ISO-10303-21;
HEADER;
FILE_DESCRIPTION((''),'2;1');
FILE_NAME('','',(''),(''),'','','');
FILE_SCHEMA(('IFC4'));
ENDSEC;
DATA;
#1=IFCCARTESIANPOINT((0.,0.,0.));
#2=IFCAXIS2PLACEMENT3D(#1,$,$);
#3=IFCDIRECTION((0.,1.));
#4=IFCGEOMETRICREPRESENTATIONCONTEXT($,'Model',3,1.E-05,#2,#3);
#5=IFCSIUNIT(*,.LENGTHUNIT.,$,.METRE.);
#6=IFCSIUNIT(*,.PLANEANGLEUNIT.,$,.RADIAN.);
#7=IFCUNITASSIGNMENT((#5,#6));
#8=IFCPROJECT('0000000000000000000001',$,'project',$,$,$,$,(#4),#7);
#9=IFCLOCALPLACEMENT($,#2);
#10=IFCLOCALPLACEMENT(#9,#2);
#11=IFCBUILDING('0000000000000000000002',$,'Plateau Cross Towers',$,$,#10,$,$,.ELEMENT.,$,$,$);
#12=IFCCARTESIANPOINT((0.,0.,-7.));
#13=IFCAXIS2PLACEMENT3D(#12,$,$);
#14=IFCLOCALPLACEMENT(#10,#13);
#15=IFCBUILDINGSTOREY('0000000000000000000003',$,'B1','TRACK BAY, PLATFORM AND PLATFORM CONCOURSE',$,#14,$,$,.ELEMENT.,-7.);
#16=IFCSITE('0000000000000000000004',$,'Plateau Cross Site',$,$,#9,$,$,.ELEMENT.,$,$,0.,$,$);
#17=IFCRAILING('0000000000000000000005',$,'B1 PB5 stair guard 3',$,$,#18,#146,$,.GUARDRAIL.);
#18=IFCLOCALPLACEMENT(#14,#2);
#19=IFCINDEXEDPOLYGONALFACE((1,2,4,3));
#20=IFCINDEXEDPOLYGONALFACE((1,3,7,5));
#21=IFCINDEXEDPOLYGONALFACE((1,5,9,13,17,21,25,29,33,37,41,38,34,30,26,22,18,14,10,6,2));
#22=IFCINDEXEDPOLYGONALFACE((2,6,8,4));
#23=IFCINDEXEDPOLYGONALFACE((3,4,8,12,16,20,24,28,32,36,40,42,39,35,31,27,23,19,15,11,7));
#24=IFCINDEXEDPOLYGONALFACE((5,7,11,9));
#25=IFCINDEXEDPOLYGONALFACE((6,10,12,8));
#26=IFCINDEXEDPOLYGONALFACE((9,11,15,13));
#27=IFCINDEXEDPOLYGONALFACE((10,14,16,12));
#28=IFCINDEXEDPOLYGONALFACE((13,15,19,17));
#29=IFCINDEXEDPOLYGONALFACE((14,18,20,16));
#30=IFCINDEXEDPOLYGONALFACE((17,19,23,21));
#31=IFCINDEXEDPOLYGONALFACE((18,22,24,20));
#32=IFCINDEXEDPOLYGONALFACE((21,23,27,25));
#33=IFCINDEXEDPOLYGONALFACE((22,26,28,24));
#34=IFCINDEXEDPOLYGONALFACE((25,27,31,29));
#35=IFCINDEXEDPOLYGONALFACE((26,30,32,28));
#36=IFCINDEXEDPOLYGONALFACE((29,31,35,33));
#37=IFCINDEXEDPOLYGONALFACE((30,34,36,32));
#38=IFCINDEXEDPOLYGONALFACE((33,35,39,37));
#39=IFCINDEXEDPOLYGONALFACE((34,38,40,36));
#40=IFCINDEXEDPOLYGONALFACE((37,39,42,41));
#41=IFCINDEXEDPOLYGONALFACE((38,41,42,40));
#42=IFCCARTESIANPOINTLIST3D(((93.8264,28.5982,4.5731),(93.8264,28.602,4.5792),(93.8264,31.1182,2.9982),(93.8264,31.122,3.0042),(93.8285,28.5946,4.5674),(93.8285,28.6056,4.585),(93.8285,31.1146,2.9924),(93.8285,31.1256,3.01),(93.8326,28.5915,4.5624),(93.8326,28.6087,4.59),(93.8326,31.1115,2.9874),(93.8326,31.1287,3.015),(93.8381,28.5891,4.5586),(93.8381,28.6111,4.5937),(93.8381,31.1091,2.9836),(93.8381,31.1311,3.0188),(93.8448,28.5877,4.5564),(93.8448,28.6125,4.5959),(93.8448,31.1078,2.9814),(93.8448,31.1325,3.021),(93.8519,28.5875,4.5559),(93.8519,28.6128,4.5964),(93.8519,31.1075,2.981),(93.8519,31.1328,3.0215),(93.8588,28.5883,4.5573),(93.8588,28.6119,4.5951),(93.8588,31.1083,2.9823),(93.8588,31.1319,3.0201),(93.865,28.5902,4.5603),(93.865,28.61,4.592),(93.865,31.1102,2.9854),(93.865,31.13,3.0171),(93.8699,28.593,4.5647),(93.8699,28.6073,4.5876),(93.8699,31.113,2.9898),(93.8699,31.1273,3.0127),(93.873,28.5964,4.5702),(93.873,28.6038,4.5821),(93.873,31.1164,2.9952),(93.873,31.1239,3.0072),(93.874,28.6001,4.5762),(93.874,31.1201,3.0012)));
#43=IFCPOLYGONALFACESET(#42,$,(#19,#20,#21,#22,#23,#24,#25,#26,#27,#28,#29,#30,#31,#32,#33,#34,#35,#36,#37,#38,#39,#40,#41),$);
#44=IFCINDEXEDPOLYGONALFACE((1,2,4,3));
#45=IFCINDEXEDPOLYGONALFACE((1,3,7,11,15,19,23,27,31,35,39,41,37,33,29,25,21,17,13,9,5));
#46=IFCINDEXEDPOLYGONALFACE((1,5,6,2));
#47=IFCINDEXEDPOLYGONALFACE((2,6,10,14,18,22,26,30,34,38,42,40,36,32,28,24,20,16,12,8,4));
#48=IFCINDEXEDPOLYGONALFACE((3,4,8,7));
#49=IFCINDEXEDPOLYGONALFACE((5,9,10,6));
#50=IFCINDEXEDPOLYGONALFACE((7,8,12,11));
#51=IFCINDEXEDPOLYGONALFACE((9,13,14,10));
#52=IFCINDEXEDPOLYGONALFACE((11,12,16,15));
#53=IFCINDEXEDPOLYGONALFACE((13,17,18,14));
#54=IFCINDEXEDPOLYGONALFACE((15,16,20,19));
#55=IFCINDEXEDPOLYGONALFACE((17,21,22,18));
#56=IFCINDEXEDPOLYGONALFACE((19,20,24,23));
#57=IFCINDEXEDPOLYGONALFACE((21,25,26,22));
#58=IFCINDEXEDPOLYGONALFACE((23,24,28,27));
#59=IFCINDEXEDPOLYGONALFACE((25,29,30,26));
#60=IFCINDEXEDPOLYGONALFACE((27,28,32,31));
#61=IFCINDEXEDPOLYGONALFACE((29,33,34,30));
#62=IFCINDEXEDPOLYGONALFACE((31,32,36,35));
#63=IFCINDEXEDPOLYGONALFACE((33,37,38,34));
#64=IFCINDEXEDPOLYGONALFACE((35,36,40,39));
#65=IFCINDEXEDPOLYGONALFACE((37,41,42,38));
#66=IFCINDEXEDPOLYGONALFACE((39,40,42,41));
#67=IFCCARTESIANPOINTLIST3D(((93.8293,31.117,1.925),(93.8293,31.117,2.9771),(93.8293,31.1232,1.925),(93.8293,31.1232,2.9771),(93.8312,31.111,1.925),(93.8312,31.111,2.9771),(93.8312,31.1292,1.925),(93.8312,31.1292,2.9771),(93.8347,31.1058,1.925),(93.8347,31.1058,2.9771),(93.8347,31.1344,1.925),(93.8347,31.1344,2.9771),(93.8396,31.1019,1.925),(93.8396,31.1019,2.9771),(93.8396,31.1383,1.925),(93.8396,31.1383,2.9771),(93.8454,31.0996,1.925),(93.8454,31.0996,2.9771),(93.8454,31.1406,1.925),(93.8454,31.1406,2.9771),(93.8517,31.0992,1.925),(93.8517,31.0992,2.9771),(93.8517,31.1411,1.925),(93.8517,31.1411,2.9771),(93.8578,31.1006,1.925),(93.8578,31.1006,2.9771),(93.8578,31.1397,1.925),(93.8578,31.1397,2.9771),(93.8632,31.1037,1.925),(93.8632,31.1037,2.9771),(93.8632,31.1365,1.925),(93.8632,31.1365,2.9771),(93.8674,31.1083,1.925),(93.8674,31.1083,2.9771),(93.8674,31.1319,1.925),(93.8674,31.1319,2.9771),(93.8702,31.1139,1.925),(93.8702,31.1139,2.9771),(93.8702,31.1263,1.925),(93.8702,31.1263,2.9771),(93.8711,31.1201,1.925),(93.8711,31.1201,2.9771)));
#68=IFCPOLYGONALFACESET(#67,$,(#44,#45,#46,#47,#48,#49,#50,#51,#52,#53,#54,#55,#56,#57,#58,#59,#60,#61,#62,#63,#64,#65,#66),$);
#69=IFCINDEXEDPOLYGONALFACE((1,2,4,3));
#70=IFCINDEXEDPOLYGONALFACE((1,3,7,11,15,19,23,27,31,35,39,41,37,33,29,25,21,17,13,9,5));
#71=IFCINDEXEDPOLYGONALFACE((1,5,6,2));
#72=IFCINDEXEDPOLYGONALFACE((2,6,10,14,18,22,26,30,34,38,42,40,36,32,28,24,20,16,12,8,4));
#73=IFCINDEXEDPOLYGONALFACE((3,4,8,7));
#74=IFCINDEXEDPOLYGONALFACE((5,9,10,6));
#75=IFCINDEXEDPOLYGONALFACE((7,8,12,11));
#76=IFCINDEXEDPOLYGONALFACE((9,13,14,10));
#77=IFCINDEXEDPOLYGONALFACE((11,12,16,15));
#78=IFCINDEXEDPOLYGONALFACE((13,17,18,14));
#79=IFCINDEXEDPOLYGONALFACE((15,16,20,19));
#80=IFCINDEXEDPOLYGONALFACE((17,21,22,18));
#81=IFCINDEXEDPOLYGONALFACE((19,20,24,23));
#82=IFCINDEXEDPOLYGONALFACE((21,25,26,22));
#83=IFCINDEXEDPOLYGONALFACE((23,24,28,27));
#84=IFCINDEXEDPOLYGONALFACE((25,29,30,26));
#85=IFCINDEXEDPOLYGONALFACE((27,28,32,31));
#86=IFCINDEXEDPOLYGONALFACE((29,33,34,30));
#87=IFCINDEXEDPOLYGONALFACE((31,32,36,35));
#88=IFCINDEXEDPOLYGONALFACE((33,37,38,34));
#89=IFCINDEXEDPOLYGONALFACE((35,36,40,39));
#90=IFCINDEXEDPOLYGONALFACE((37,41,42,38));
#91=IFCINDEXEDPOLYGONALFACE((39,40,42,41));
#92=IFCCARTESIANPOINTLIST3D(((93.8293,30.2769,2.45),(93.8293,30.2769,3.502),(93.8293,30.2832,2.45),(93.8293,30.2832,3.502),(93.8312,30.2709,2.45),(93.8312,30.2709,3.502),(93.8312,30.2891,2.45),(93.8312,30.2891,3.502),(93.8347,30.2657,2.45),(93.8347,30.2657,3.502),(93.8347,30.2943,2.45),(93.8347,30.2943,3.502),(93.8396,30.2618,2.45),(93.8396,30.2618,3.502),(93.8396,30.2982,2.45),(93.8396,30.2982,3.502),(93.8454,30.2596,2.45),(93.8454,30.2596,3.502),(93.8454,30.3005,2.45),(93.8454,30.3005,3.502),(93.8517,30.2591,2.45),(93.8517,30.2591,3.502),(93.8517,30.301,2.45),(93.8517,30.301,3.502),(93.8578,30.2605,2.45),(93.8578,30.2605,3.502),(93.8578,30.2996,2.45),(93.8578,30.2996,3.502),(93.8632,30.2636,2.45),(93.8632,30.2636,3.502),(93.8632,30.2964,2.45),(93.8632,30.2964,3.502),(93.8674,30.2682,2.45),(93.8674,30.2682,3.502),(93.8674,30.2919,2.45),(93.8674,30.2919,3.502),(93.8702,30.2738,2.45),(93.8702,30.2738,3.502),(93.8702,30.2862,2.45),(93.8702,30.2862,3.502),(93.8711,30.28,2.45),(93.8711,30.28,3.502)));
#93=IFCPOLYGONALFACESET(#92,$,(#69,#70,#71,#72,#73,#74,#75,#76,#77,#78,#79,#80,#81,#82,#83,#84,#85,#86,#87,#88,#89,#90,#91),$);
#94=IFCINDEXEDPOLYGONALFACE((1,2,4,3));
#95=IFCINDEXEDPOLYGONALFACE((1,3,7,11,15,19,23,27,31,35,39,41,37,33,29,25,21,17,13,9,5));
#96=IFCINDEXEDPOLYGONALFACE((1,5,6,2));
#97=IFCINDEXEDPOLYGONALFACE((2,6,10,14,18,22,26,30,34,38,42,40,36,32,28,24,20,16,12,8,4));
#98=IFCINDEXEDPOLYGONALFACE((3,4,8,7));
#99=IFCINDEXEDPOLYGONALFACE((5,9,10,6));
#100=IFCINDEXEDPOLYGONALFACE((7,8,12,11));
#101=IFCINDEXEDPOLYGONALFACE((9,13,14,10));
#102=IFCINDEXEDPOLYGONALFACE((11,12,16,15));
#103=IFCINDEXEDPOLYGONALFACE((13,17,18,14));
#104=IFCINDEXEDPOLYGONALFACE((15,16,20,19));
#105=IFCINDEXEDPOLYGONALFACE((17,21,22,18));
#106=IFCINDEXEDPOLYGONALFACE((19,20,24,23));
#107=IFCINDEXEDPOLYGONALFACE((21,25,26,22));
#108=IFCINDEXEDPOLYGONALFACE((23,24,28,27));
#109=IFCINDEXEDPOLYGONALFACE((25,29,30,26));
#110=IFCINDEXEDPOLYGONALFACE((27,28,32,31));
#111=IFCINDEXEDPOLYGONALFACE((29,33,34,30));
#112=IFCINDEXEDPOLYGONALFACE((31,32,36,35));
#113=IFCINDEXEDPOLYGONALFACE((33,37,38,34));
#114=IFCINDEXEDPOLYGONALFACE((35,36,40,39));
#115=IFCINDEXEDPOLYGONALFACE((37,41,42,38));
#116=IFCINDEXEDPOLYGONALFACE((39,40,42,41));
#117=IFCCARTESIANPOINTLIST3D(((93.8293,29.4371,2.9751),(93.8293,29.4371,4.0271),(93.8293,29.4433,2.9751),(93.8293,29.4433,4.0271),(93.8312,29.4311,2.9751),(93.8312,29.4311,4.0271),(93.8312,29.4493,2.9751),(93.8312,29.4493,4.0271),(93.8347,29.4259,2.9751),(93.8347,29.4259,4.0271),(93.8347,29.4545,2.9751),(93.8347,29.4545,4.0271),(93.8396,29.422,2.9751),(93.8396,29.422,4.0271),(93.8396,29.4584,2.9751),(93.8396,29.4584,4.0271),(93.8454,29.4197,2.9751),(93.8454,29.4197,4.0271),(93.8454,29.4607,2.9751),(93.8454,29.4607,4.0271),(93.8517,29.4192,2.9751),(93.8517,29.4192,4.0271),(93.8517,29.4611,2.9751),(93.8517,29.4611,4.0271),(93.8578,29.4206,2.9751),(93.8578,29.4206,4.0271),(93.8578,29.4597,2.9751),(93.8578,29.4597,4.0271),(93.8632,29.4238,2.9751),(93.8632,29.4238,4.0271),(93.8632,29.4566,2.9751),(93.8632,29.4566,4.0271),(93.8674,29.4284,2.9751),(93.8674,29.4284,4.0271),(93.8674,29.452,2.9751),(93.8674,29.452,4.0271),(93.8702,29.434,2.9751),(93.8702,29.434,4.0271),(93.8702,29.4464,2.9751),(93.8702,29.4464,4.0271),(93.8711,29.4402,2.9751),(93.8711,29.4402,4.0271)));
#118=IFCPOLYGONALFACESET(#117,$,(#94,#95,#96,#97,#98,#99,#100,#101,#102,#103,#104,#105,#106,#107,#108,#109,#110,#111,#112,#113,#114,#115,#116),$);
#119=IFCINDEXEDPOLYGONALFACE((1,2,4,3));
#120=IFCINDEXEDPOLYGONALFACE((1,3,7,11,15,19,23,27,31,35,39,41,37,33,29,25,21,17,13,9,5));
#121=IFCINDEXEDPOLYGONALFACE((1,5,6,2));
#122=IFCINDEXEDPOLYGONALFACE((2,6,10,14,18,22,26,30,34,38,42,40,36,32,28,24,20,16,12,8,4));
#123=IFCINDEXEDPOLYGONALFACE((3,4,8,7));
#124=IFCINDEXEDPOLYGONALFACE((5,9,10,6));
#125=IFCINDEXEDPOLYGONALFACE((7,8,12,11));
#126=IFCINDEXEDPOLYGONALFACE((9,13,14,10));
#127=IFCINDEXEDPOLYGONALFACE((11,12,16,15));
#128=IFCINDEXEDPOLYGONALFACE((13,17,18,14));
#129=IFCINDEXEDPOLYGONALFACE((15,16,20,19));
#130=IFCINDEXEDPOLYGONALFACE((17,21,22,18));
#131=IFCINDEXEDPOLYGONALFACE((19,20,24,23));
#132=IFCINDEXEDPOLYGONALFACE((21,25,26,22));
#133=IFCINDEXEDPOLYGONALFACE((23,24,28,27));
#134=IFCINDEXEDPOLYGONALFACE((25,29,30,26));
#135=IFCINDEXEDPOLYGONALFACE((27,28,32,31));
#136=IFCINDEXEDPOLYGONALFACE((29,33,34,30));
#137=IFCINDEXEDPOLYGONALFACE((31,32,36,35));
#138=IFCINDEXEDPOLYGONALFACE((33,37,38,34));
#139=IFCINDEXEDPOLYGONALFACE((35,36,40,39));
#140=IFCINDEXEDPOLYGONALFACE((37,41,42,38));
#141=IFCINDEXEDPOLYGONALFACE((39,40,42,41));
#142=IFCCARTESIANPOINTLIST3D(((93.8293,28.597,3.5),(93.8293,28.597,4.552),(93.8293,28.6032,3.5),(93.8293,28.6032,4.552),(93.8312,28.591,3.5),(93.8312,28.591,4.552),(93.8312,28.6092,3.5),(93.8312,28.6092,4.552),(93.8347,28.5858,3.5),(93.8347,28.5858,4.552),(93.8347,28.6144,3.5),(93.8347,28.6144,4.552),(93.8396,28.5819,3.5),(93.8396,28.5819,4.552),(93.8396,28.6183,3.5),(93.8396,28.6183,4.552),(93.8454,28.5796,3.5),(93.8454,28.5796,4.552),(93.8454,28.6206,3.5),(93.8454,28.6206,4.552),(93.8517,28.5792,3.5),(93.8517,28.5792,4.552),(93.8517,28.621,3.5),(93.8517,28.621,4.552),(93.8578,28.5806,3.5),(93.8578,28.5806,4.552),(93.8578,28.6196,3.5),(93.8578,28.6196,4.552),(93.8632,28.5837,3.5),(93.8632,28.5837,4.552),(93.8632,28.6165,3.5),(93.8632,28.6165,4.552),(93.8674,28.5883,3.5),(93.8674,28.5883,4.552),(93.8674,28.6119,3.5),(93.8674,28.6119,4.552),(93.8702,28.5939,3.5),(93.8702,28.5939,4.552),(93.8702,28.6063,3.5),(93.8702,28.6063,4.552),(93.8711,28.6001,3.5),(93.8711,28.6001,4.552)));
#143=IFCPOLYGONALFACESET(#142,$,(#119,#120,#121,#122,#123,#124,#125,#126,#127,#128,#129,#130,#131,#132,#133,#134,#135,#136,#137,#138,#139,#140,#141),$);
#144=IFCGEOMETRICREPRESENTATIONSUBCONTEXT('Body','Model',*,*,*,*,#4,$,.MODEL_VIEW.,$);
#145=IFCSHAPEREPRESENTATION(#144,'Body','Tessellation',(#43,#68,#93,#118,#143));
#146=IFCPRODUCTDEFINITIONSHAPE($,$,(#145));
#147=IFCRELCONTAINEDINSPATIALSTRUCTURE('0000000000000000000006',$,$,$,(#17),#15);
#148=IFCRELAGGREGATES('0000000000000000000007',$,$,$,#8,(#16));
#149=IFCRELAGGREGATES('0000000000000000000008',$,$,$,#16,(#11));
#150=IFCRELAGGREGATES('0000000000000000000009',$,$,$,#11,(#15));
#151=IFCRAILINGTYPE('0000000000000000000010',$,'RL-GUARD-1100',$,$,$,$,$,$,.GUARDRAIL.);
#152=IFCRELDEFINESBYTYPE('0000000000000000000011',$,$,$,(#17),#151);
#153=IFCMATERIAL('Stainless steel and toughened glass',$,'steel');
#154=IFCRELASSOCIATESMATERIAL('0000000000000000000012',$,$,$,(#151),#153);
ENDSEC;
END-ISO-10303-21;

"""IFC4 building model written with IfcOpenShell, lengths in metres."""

from ifc_helpers import new_model, si_unit, direction, frame, origin, origin_2d, place, context, subcontext, project, spatial, circle, extrude, material, type_object, element, save


model = new_model("IFC4")

# Units and contexts
model_context = context("Model", 3, precision=1e-05, world=origin(), true_north=direction((0.0, 1.0)))
body_context = subcontext(model_context, "Body", "Model", "MODEL_VIEW")
ifc_project = project(units=[si_unit("LENGTHUNIT", "METRE"), si_unit("PLANEANGLEUNIT", "RADIAN")], contexts=[model_context])

# Site, building, storey
site_placement = place(None, origin())
site = spatial("IfcSite", under=ifc_project, at=site_placement, Name="Plateau Cross Site", CompositionType="ELEMENT", RefElevation=0.0)
building_placement = place(site_placement, origin())
building = spatial("IfcBuilding", under=site, at=building_placement, Name="Plateau Cross Towers", CompositionType="ELEMENT")
storey_placement = place(building_placement, frame((0.0, 0.0, -7.0)))
storey = spatial("IfcBuildingStorey", under=building, at=storey_placement, Name="B1", Description="TRACK BAY, PLATFORM AND PLATFORM CONCOURSE", CompositionType="ELEMENT", Elevation=-7.0)

# Railing
ifc_material_1 = material(Name="Stainless steel and toughened glass", Category="steel")
railing_type_1 = type_object("IfcRailingType", Name="RL-GUARD-1100", PredefinedType="GUARDRAIL", material=ifc_material_1)
railing_1_placement = place(storey_placement, frame((93.8501, 31.1201, 1.925)))
element("IfcRailing", 1, at=railing_1_placement, inside=storey, type_object=railing_type_1, Name="B1 PB5 stair guard 3", PredefinedType="GUARDRAIL", context=body_context, shape_type="SweptSolid", body=[
    extrude(circle(Radius=0.0239, at=origin_2d()), frame((0.0, 0.0, 1.0762), z_axis=(0.0, -0.848008, 0.529984), x_axis=(1.0, 0.0, 0.0)), (0.0, 0.0, 1.0), 2.9717),
    extrude(circle(Radius=0.021, at=origin_2d()), origin(), (0.0, 0.0, 1.0), 1.052),
    extrude(circle(Radius=0.021, at=origin_2d()), frame((0.0, -0.8401, 0.5249)), (0.0, 0.0, 1.0), 1.052),
    extrude(circle(Radius=0.021, at=origin_2d()), frame((0.0, -1.6799, 1.05)), (0.0, 0.0, 1.0), 1.052),
    extrude(circle(Radius=0.021, at=origin_2d()), frame((0.0, -2.52, 1.575)), (0.0, 0.0, 1.0), 1.052),
])

save(model, "model.ifc")
